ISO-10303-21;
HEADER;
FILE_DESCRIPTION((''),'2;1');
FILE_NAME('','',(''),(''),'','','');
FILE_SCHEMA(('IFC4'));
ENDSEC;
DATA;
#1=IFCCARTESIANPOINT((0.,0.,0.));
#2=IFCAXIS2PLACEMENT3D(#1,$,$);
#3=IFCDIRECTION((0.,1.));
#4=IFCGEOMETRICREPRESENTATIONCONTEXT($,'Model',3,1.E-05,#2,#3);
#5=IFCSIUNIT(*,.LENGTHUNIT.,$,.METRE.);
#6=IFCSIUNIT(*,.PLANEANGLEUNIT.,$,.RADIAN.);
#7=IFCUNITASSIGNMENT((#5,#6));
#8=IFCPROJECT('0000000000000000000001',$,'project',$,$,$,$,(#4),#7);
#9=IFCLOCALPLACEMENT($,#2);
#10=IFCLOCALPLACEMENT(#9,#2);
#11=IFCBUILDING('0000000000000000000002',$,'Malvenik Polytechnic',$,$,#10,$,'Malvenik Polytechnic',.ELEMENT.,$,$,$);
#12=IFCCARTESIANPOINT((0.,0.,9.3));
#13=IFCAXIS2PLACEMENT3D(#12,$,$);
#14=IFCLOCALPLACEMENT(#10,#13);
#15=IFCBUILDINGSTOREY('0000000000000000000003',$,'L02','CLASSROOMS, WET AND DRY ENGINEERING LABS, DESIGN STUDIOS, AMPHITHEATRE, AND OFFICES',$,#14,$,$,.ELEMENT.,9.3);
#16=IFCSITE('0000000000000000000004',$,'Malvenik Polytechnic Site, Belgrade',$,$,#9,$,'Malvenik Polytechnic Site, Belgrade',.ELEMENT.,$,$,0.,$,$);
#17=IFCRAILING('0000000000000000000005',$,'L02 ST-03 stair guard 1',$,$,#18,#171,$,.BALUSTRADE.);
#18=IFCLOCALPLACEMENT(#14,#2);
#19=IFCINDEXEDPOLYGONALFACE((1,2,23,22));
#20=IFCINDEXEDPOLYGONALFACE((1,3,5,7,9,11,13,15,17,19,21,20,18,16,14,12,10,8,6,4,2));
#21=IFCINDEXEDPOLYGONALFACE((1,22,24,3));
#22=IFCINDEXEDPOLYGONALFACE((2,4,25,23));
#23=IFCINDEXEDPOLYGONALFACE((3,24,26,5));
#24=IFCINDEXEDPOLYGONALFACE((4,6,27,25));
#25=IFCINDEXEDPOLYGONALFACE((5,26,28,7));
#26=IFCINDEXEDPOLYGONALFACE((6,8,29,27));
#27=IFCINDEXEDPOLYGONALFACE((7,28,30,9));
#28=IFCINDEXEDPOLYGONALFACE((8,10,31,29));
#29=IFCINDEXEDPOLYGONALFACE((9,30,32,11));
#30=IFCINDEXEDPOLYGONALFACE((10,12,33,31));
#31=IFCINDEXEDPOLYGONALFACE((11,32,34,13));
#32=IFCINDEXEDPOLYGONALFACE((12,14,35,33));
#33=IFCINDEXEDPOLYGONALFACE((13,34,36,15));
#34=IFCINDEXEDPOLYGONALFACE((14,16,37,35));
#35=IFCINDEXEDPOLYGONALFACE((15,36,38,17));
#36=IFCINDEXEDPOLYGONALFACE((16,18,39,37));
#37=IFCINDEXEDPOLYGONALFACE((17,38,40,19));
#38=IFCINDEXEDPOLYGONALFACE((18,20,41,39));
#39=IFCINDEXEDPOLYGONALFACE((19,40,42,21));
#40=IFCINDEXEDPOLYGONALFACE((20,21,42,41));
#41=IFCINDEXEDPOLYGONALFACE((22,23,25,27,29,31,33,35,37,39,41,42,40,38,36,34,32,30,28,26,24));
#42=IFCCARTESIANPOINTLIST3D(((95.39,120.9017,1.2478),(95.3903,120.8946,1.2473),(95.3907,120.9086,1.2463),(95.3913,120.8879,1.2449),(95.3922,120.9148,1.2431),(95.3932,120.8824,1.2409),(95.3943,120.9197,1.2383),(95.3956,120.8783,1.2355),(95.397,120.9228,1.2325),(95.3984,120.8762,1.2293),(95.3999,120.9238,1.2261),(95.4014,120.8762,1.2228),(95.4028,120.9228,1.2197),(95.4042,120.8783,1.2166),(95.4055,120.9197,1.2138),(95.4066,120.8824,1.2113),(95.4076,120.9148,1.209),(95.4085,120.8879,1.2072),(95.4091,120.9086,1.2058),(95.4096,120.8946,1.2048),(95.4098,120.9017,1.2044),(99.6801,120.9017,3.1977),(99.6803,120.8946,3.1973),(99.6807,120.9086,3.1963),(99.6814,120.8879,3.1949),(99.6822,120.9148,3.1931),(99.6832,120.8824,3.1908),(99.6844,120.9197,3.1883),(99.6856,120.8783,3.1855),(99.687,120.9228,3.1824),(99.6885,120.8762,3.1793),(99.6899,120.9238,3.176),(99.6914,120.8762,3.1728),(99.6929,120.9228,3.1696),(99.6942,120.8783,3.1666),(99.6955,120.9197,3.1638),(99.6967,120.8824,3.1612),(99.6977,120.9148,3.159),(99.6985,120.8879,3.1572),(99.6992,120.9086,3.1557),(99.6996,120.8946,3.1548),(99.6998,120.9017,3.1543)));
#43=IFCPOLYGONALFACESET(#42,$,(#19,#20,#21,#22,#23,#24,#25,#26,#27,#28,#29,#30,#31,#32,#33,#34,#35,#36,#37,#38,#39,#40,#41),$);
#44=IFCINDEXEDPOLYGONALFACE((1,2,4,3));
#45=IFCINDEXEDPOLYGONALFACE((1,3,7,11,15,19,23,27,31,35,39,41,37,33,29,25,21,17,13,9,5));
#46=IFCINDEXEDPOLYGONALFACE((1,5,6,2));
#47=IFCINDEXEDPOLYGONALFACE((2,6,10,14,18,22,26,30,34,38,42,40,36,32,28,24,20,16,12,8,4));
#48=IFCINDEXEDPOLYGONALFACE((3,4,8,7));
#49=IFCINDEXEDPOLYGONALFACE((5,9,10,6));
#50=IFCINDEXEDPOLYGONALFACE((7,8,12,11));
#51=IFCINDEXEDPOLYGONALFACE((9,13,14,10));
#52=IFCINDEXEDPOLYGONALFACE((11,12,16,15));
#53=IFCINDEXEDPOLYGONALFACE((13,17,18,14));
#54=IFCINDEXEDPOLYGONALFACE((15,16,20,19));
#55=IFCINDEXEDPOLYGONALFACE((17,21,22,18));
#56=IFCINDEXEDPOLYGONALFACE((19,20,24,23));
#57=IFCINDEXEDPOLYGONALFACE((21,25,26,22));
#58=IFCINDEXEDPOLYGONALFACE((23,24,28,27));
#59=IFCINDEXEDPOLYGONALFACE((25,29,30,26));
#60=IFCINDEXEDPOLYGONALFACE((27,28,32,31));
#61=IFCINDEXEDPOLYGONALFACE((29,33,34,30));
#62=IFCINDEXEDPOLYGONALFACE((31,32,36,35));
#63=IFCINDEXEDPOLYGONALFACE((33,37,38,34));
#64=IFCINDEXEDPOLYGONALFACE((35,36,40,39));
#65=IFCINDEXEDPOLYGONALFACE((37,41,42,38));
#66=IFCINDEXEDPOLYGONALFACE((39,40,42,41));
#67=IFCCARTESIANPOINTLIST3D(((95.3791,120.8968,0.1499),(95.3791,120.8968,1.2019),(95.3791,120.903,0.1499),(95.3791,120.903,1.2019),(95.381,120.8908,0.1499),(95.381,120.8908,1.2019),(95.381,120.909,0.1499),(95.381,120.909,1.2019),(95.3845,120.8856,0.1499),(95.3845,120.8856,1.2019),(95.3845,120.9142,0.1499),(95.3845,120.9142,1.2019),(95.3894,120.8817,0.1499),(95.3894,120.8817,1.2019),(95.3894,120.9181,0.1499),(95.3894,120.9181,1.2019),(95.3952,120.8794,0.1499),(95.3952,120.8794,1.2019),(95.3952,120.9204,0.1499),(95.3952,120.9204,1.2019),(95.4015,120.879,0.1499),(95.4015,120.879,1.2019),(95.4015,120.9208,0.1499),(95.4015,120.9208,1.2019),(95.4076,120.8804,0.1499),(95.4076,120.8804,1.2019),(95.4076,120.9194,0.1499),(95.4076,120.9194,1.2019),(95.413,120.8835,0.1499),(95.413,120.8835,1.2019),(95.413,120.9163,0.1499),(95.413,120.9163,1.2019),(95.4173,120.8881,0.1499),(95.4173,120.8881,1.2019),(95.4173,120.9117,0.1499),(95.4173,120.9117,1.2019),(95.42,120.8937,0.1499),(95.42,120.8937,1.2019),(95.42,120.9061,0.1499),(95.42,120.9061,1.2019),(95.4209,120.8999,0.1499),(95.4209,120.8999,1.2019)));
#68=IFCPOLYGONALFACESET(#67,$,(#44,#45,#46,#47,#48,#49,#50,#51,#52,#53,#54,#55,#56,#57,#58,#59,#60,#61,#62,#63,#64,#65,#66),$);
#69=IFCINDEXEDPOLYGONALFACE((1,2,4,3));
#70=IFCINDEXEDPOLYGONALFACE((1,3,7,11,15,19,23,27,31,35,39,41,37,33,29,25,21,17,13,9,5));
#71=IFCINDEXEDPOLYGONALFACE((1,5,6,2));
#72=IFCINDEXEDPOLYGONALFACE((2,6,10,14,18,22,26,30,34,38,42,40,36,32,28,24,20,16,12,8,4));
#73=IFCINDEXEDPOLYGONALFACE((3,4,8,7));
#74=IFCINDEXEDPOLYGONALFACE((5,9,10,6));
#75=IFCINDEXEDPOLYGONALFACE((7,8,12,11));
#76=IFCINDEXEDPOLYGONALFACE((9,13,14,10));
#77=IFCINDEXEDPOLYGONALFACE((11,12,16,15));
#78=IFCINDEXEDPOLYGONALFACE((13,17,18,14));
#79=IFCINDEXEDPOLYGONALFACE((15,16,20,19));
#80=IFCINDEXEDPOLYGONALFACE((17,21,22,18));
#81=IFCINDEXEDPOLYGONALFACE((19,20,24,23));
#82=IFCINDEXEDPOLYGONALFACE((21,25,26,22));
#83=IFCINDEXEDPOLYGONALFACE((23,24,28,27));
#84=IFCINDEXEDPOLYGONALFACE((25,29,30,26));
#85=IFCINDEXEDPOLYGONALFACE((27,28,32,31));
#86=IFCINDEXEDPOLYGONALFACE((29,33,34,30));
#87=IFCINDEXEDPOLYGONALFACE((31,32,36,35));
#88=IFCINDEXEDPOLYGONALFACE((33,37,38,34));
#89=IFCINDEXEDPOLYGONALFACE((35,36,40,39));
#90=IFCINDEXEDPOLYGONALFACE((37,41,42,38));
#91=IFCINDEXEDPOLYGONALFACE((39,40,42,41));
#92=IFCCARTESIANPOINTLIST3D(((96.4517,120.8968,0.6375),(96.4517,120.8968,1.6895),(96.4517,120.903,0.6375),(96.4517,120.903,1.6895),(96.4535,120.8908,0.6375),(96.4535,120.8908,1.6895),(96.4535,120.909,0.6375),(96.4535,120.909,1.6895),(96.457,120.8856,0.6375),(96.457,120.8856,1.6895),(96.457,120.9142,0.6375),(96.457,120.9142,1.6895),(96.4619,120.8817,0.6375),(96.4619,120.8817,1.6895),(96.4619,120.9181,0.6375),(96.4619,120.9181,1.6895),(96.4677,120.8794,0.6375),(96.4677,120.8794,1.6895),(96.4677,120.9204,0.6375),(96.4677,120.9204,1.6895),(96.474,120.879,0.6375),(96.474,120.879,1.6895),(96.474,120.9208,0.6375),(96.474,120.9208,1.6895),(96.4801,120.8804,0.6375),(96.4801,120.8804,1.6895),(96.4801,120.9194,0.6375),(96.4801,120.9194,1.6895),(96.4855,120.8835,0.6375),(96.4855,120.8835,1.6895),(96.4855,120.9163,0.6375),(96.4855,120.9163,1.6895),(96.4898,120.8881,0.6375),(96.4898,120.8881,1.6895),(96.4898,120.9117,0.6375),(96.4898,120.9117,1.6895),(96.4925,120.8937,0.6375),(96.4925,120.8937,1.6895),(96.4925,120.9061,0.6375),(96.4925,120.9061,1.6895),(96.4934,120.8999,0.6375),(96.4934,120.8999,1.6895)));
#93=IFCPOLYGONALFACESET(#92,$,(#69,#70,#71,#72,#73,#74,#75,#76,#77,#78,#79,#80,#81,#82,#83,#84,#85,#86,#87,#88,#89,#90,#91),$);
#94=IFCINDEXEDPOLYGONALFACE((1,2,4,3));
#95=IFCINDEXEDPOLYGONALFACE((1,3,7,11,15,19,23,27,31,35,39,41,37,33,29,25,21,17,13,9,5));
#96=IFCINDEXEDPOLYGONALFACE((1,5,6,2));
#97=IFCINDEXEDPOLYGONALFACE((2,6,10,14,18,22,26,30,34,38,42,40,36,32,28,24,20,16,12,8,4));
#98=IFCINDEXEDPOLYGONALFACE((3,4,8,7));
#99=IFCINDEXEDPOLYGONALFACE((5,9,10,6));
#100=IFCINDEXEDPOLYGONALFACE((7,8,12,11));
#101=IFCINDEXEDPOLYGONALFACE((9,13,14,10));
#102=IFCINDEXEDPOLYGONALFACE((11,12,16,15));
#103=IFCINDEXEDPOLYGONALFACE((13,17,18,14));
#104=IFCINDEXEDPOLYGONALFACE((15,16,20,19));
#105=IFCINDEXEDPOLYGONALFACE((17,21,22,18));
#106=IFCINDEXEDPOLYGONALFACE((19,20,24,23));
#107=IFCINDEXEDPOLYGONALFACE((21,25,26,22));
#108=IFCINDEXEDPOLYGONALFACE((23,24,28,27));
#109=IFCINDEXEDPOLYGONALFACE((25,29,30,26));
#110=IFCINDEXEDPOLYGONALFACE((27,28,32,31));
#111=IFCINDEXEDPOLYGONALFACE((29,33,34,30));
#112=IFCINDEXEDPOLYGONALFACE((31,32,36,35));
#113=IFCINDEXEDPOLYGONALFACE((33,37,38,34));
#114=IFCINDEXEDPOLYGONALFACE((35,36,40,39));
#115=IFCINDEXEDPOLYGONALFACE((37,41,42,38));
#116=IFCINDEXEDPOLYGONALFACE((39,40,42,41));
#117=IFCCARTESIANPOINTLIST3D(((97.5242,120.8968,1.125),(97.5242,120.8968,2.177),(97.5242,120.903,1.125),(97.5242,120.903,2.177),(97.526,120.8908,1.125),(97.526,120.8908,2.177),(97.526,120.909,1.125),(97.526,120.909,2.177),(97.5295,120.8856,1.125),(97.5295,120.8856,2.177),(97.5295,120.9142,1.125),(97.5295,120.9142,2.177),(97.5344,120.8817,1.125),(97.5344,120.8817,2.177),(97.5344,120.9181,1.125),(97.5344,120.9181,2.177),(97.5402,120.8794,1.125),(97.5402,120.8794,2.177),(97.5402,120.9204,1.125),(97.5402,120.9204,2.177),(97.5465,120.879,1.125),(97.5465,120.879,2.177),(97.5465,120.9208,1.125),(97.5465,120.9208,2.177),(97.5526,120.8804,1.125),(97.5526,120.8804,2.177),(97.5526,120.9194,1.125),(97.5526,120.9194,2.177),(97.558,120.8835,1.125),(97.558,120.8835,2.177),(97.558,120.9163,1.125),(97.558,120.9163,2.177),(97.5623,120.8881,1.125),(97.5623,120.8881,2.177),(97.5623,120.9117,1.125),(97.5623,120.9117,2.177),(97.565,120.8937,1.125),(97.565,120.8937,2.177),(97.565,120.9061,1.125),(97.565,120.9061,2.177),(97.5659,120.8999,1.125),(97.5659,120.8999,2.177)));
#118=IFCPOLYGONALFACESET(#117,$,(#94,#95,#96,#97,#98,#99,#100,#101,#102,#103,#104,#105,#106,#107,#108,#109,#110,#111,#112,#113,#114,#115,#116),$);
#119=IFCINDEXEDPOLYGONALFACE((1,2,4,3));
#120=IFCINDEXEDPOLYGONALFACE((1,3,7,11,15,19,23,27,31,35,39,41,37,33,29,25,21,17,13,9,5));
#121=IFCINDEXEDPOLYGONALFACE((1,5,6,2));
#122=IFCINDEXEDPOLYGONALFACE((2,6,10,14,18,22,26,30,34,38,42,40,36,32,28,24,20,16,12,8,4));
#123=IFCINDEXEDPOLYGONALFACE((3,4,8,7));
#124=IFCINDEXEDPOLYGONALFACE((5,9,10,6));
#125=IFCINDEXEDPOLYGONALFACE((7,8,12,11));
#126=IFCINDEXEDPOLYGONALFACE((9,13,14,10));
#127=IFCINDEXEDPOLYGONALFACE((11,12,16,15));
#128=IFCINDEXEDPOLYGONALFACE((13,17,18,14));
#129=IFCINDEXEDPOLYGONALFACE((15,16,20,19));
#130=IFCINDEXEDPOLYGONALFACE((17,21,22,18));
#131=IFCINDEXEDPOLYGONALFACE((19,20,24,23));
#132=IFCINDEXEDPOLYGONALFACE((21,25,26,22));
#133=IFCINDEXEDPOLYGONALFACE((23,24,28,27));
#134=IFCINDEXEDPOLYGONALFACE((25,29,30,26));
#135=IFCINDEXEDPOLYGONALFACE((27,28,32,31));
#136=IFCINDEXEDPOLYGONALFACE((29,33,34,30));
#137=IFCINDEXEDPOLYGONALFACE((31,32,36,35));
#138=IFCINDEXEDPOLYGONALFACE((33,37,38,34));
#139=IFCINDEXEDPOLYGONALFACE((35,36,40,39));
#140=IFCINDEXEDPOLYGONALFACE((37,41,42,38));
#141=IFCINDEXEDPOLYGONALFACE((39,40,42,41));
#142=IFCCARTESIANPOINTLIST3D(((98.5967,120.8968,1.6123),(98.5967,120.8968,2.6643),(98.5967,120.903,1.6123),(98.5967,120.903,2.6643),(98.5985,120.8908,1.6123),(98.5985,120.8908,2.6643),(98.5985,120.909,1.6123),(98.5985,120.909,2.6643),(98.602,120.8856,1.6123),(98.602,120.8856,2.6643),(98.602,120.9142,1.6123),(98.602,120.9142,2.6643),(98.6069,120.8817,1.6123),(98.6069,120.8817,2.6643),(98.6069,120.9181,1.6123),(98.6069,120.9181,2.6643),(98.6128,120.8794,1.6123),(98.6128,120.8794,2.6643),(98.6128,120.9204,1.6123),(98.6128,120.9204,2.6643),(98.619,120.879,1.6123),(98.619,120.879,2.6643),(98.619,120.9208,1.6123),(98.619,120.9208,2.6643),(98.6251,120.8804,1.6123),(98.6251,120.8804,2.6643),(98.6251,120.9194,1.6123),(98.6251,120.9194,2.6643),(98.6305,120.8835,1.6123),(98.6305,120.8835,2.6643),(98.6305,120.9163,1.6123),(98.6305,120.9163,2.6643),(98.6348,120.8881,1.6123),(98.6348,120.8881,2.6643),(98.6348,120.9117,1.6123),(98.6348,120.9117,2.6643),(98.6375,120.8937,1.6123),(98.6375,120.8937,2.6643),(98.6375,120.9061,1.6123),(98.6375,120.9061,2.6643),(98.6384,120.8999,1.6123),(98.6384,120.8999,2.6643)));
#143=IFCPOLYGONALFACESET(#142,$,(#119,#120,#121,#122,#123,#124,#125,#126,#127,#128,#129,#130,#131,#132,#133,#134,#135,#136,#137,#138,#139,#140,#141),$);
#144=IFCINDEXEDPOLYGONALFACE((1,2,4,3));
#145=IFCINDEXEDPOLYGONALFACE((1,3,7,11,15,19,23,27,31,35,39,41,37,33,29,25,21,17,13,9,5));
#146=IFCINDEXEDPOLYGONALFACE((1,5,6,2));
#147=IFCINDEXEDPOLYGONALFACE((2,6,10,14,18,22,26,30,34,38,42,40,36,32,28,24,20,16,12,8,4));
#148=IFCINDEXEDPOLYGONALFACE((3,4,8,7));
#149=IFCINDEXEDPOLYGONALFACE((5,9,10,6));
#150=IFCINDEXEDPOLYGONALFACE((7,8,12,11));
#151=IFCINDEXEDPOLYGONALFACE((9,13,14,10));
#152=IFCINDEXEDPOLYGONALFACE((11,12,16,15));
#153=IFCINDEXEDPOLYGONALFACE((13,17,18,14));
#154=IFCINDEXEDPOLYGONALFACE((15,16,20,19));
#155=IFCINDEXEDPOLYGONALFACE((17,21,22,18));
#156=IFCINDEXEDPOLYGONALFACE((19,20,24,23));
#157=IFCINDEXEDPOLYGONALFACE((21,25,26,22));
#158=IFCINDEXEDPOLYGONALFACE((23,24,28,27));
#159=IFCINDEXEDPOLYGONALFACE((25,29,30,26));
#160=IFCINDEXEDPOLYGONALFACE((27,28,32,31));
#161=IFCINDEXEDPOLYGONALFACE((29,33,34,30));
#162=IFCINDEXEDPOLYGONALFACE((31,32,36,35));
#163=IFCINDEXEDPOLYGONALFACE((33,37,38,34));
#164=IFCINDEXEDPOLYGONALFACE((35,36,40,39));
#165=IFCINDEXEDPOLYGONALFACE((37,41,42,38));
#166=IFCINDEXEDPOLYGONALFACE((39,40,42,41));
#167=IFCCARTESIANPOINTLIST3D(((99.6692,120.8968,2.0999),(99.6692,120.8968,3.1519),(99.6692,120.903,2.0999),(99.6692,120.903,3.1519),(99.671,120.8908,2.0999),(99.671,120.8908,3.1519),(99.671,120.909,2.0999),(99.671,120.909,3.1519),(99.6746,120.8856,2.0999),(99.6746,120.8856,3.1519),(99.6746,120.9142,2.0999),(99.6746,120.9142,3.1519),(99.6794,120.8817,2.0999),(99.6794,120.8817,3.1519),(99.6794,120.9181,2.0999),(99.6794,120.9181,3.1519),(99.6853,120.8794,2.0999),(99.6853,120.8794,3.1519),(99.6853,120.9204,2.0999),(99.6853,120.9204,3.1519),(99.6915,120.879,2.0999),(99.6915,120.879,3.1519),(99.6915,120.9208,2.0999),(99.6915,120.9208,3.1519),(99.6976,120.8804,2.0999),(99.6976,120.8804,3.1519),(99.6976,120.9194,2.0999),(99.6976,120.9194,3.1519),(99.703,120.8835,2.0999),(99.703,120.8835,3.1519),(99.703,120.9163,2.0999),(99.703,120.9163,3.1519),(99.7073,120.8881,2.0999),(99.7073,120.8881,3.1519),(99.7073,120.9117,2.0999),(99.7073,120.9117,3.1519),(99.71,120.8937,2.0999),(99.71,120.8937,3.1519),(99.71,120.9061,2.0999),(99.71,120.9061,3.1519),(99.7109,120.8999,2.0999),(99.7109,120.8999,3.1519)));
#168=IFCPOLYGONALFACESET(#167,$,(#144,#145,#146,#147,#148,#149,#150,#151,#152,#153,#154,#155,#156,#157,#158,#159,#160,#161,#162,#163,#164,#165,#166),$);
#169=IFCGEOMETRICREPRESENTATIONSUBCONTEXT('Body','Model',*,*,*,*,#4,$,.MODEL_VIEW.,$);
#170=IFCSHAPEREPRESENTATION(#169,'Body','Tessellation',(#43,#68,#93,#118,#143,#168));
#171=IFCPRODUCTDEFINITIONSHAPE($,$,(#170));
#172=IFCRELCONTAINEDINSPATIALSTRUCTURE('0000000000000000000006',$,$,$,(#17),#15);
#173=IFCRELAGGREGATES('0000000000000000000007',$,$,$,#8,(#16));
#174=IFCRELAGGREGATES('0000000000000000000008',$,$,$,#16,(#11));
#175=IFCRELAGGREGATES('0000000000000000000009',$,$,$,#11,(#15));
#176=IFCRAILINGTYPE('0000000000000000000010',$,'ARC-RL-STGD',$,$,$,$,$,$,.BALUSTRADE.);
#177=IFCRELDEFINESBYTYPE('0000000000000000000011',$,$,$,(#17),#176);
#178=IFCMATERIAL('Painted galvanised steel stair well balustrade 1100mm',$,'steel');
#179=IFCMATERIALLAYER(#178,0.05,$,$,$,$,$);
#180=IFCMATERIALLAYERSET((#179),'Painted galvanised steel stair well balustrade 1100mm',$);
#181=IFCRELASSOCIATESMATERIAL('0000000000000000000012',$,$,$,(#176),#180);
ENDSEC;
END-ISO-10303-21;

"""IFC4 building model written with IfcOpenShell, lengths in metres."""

from ifc_helpers import new_model, si_unit, direction, frame, origin, origin_2d, place, context, subcontext, project, spatial, circle, extrude, material, layer, layer_set, type_object, element, save


model = new_model("IFC4")

# Units and contexts
model_context = context("Model", 3, precision=1e-05, world=origin(), true_north=direction((0.0, 1.0)))
body_context = subcontext(model_context, "Body", "Model", "MODEL_VIEW")
ifc_project = project(units=[si_unit("LENGTHUNIT", "METRE"), si_unit("PLANEANGLEUNIT", "RADIAN")], contexts=[model_context])

# Site, building, storey
site_placement = place(None, origin())
site = spatial("IfcSite", under=ifc_project, at=site_placement, Name="Malvenik Polytechnic Site, Belgrade", LongName="Malvenik Polytechnic Site, Belgrade", CompositionType="ELEMENT", RefElevation=0.0)
building_placement = place(site_placement, origin())
building = spatial("IfcBuilding", under=site, at=building_placement, Name="Malvenik Polytechnic", LongName="Malvenik Polytechnic", CompositionType="ELEMENT")
storey_placement = place(building_placement, frame((0.0, 0.0, 9.3)))
storey = spatial("IfcBuildingStorey", under=building, at=storey_placement, Name="L02", Description="CLASSROOMS, WET AND DRY ENGINEERING LABS, DESIGN STUDIOS, AMPHITHEATRE, AND OFFICES", CompositionType="ELEMENT", Elevation=9.3)

# Railing
ifc_material_1 = material(Name="Painted galvanised steel stair well balustrade 1100mm", Category="steel")
ifc_layer_1 = layer(ifc_material_1, 0.05)
ifc_layer_set_1 = layer_set([ifc_layer_1], Name="Painted galvanised steel stair well balustrade 1100mm")
railing_type_1 = type_object("IfcRailingType", Name="ARC-RL-STGD", PredefinedType="BALUSTRADE", material=ifc_layer_set_1)
railing_1_placement = place(storey_placement, frame((95.3999, 120.8999, 0.1499)))
element("IfcRailing", 1, at=railing_1_placement, inside=storey, type_object=railing_type_1, Name="L02 ST-03 stair guard 1", PredefinedType="BALUSTRADE", context=body_context, shape_type="SweptSolid", body=[
    extrude(circle(Radius=0.0239, at=origin_2d()), frame((0.0, 0.0, 1.0762), z_axis=(0.910372, 0.0, 0.413791), x_axis=(0.0, 1.0, 0.0)), (0.0, 0.0, 1.0), 4.7124),
    extrude(circle(Radius=0.021, at=origin_2d()), origin(), (0.0, 0.0, 1.0), 1.052),
    extrude(circle(Radius=0.021, at=origin_2d()), frame((1.0725, 0.0, 0.4875)), (0.0, 0.0, 1.0), 1.052),
    extrude(circle(Radius=0.021, at=origin_2d()), frame((2.145, 0.0, 0.9751)), (0.0, 0.0, 1.0), 1.052),
    extrude(circle(Radius=0.021, at=origin_2d()), frame((3.2175, 0.0, 1.4624)), (0.0, 0.0, 1.0), 1.052),
    extrude(circle(Radius=0.021, at=origin_2d()), frame((4.29, 0.0, 1.95)), (0.0, 0.0, 1.0), 1.052),
])

save(model, "model.ifc")
